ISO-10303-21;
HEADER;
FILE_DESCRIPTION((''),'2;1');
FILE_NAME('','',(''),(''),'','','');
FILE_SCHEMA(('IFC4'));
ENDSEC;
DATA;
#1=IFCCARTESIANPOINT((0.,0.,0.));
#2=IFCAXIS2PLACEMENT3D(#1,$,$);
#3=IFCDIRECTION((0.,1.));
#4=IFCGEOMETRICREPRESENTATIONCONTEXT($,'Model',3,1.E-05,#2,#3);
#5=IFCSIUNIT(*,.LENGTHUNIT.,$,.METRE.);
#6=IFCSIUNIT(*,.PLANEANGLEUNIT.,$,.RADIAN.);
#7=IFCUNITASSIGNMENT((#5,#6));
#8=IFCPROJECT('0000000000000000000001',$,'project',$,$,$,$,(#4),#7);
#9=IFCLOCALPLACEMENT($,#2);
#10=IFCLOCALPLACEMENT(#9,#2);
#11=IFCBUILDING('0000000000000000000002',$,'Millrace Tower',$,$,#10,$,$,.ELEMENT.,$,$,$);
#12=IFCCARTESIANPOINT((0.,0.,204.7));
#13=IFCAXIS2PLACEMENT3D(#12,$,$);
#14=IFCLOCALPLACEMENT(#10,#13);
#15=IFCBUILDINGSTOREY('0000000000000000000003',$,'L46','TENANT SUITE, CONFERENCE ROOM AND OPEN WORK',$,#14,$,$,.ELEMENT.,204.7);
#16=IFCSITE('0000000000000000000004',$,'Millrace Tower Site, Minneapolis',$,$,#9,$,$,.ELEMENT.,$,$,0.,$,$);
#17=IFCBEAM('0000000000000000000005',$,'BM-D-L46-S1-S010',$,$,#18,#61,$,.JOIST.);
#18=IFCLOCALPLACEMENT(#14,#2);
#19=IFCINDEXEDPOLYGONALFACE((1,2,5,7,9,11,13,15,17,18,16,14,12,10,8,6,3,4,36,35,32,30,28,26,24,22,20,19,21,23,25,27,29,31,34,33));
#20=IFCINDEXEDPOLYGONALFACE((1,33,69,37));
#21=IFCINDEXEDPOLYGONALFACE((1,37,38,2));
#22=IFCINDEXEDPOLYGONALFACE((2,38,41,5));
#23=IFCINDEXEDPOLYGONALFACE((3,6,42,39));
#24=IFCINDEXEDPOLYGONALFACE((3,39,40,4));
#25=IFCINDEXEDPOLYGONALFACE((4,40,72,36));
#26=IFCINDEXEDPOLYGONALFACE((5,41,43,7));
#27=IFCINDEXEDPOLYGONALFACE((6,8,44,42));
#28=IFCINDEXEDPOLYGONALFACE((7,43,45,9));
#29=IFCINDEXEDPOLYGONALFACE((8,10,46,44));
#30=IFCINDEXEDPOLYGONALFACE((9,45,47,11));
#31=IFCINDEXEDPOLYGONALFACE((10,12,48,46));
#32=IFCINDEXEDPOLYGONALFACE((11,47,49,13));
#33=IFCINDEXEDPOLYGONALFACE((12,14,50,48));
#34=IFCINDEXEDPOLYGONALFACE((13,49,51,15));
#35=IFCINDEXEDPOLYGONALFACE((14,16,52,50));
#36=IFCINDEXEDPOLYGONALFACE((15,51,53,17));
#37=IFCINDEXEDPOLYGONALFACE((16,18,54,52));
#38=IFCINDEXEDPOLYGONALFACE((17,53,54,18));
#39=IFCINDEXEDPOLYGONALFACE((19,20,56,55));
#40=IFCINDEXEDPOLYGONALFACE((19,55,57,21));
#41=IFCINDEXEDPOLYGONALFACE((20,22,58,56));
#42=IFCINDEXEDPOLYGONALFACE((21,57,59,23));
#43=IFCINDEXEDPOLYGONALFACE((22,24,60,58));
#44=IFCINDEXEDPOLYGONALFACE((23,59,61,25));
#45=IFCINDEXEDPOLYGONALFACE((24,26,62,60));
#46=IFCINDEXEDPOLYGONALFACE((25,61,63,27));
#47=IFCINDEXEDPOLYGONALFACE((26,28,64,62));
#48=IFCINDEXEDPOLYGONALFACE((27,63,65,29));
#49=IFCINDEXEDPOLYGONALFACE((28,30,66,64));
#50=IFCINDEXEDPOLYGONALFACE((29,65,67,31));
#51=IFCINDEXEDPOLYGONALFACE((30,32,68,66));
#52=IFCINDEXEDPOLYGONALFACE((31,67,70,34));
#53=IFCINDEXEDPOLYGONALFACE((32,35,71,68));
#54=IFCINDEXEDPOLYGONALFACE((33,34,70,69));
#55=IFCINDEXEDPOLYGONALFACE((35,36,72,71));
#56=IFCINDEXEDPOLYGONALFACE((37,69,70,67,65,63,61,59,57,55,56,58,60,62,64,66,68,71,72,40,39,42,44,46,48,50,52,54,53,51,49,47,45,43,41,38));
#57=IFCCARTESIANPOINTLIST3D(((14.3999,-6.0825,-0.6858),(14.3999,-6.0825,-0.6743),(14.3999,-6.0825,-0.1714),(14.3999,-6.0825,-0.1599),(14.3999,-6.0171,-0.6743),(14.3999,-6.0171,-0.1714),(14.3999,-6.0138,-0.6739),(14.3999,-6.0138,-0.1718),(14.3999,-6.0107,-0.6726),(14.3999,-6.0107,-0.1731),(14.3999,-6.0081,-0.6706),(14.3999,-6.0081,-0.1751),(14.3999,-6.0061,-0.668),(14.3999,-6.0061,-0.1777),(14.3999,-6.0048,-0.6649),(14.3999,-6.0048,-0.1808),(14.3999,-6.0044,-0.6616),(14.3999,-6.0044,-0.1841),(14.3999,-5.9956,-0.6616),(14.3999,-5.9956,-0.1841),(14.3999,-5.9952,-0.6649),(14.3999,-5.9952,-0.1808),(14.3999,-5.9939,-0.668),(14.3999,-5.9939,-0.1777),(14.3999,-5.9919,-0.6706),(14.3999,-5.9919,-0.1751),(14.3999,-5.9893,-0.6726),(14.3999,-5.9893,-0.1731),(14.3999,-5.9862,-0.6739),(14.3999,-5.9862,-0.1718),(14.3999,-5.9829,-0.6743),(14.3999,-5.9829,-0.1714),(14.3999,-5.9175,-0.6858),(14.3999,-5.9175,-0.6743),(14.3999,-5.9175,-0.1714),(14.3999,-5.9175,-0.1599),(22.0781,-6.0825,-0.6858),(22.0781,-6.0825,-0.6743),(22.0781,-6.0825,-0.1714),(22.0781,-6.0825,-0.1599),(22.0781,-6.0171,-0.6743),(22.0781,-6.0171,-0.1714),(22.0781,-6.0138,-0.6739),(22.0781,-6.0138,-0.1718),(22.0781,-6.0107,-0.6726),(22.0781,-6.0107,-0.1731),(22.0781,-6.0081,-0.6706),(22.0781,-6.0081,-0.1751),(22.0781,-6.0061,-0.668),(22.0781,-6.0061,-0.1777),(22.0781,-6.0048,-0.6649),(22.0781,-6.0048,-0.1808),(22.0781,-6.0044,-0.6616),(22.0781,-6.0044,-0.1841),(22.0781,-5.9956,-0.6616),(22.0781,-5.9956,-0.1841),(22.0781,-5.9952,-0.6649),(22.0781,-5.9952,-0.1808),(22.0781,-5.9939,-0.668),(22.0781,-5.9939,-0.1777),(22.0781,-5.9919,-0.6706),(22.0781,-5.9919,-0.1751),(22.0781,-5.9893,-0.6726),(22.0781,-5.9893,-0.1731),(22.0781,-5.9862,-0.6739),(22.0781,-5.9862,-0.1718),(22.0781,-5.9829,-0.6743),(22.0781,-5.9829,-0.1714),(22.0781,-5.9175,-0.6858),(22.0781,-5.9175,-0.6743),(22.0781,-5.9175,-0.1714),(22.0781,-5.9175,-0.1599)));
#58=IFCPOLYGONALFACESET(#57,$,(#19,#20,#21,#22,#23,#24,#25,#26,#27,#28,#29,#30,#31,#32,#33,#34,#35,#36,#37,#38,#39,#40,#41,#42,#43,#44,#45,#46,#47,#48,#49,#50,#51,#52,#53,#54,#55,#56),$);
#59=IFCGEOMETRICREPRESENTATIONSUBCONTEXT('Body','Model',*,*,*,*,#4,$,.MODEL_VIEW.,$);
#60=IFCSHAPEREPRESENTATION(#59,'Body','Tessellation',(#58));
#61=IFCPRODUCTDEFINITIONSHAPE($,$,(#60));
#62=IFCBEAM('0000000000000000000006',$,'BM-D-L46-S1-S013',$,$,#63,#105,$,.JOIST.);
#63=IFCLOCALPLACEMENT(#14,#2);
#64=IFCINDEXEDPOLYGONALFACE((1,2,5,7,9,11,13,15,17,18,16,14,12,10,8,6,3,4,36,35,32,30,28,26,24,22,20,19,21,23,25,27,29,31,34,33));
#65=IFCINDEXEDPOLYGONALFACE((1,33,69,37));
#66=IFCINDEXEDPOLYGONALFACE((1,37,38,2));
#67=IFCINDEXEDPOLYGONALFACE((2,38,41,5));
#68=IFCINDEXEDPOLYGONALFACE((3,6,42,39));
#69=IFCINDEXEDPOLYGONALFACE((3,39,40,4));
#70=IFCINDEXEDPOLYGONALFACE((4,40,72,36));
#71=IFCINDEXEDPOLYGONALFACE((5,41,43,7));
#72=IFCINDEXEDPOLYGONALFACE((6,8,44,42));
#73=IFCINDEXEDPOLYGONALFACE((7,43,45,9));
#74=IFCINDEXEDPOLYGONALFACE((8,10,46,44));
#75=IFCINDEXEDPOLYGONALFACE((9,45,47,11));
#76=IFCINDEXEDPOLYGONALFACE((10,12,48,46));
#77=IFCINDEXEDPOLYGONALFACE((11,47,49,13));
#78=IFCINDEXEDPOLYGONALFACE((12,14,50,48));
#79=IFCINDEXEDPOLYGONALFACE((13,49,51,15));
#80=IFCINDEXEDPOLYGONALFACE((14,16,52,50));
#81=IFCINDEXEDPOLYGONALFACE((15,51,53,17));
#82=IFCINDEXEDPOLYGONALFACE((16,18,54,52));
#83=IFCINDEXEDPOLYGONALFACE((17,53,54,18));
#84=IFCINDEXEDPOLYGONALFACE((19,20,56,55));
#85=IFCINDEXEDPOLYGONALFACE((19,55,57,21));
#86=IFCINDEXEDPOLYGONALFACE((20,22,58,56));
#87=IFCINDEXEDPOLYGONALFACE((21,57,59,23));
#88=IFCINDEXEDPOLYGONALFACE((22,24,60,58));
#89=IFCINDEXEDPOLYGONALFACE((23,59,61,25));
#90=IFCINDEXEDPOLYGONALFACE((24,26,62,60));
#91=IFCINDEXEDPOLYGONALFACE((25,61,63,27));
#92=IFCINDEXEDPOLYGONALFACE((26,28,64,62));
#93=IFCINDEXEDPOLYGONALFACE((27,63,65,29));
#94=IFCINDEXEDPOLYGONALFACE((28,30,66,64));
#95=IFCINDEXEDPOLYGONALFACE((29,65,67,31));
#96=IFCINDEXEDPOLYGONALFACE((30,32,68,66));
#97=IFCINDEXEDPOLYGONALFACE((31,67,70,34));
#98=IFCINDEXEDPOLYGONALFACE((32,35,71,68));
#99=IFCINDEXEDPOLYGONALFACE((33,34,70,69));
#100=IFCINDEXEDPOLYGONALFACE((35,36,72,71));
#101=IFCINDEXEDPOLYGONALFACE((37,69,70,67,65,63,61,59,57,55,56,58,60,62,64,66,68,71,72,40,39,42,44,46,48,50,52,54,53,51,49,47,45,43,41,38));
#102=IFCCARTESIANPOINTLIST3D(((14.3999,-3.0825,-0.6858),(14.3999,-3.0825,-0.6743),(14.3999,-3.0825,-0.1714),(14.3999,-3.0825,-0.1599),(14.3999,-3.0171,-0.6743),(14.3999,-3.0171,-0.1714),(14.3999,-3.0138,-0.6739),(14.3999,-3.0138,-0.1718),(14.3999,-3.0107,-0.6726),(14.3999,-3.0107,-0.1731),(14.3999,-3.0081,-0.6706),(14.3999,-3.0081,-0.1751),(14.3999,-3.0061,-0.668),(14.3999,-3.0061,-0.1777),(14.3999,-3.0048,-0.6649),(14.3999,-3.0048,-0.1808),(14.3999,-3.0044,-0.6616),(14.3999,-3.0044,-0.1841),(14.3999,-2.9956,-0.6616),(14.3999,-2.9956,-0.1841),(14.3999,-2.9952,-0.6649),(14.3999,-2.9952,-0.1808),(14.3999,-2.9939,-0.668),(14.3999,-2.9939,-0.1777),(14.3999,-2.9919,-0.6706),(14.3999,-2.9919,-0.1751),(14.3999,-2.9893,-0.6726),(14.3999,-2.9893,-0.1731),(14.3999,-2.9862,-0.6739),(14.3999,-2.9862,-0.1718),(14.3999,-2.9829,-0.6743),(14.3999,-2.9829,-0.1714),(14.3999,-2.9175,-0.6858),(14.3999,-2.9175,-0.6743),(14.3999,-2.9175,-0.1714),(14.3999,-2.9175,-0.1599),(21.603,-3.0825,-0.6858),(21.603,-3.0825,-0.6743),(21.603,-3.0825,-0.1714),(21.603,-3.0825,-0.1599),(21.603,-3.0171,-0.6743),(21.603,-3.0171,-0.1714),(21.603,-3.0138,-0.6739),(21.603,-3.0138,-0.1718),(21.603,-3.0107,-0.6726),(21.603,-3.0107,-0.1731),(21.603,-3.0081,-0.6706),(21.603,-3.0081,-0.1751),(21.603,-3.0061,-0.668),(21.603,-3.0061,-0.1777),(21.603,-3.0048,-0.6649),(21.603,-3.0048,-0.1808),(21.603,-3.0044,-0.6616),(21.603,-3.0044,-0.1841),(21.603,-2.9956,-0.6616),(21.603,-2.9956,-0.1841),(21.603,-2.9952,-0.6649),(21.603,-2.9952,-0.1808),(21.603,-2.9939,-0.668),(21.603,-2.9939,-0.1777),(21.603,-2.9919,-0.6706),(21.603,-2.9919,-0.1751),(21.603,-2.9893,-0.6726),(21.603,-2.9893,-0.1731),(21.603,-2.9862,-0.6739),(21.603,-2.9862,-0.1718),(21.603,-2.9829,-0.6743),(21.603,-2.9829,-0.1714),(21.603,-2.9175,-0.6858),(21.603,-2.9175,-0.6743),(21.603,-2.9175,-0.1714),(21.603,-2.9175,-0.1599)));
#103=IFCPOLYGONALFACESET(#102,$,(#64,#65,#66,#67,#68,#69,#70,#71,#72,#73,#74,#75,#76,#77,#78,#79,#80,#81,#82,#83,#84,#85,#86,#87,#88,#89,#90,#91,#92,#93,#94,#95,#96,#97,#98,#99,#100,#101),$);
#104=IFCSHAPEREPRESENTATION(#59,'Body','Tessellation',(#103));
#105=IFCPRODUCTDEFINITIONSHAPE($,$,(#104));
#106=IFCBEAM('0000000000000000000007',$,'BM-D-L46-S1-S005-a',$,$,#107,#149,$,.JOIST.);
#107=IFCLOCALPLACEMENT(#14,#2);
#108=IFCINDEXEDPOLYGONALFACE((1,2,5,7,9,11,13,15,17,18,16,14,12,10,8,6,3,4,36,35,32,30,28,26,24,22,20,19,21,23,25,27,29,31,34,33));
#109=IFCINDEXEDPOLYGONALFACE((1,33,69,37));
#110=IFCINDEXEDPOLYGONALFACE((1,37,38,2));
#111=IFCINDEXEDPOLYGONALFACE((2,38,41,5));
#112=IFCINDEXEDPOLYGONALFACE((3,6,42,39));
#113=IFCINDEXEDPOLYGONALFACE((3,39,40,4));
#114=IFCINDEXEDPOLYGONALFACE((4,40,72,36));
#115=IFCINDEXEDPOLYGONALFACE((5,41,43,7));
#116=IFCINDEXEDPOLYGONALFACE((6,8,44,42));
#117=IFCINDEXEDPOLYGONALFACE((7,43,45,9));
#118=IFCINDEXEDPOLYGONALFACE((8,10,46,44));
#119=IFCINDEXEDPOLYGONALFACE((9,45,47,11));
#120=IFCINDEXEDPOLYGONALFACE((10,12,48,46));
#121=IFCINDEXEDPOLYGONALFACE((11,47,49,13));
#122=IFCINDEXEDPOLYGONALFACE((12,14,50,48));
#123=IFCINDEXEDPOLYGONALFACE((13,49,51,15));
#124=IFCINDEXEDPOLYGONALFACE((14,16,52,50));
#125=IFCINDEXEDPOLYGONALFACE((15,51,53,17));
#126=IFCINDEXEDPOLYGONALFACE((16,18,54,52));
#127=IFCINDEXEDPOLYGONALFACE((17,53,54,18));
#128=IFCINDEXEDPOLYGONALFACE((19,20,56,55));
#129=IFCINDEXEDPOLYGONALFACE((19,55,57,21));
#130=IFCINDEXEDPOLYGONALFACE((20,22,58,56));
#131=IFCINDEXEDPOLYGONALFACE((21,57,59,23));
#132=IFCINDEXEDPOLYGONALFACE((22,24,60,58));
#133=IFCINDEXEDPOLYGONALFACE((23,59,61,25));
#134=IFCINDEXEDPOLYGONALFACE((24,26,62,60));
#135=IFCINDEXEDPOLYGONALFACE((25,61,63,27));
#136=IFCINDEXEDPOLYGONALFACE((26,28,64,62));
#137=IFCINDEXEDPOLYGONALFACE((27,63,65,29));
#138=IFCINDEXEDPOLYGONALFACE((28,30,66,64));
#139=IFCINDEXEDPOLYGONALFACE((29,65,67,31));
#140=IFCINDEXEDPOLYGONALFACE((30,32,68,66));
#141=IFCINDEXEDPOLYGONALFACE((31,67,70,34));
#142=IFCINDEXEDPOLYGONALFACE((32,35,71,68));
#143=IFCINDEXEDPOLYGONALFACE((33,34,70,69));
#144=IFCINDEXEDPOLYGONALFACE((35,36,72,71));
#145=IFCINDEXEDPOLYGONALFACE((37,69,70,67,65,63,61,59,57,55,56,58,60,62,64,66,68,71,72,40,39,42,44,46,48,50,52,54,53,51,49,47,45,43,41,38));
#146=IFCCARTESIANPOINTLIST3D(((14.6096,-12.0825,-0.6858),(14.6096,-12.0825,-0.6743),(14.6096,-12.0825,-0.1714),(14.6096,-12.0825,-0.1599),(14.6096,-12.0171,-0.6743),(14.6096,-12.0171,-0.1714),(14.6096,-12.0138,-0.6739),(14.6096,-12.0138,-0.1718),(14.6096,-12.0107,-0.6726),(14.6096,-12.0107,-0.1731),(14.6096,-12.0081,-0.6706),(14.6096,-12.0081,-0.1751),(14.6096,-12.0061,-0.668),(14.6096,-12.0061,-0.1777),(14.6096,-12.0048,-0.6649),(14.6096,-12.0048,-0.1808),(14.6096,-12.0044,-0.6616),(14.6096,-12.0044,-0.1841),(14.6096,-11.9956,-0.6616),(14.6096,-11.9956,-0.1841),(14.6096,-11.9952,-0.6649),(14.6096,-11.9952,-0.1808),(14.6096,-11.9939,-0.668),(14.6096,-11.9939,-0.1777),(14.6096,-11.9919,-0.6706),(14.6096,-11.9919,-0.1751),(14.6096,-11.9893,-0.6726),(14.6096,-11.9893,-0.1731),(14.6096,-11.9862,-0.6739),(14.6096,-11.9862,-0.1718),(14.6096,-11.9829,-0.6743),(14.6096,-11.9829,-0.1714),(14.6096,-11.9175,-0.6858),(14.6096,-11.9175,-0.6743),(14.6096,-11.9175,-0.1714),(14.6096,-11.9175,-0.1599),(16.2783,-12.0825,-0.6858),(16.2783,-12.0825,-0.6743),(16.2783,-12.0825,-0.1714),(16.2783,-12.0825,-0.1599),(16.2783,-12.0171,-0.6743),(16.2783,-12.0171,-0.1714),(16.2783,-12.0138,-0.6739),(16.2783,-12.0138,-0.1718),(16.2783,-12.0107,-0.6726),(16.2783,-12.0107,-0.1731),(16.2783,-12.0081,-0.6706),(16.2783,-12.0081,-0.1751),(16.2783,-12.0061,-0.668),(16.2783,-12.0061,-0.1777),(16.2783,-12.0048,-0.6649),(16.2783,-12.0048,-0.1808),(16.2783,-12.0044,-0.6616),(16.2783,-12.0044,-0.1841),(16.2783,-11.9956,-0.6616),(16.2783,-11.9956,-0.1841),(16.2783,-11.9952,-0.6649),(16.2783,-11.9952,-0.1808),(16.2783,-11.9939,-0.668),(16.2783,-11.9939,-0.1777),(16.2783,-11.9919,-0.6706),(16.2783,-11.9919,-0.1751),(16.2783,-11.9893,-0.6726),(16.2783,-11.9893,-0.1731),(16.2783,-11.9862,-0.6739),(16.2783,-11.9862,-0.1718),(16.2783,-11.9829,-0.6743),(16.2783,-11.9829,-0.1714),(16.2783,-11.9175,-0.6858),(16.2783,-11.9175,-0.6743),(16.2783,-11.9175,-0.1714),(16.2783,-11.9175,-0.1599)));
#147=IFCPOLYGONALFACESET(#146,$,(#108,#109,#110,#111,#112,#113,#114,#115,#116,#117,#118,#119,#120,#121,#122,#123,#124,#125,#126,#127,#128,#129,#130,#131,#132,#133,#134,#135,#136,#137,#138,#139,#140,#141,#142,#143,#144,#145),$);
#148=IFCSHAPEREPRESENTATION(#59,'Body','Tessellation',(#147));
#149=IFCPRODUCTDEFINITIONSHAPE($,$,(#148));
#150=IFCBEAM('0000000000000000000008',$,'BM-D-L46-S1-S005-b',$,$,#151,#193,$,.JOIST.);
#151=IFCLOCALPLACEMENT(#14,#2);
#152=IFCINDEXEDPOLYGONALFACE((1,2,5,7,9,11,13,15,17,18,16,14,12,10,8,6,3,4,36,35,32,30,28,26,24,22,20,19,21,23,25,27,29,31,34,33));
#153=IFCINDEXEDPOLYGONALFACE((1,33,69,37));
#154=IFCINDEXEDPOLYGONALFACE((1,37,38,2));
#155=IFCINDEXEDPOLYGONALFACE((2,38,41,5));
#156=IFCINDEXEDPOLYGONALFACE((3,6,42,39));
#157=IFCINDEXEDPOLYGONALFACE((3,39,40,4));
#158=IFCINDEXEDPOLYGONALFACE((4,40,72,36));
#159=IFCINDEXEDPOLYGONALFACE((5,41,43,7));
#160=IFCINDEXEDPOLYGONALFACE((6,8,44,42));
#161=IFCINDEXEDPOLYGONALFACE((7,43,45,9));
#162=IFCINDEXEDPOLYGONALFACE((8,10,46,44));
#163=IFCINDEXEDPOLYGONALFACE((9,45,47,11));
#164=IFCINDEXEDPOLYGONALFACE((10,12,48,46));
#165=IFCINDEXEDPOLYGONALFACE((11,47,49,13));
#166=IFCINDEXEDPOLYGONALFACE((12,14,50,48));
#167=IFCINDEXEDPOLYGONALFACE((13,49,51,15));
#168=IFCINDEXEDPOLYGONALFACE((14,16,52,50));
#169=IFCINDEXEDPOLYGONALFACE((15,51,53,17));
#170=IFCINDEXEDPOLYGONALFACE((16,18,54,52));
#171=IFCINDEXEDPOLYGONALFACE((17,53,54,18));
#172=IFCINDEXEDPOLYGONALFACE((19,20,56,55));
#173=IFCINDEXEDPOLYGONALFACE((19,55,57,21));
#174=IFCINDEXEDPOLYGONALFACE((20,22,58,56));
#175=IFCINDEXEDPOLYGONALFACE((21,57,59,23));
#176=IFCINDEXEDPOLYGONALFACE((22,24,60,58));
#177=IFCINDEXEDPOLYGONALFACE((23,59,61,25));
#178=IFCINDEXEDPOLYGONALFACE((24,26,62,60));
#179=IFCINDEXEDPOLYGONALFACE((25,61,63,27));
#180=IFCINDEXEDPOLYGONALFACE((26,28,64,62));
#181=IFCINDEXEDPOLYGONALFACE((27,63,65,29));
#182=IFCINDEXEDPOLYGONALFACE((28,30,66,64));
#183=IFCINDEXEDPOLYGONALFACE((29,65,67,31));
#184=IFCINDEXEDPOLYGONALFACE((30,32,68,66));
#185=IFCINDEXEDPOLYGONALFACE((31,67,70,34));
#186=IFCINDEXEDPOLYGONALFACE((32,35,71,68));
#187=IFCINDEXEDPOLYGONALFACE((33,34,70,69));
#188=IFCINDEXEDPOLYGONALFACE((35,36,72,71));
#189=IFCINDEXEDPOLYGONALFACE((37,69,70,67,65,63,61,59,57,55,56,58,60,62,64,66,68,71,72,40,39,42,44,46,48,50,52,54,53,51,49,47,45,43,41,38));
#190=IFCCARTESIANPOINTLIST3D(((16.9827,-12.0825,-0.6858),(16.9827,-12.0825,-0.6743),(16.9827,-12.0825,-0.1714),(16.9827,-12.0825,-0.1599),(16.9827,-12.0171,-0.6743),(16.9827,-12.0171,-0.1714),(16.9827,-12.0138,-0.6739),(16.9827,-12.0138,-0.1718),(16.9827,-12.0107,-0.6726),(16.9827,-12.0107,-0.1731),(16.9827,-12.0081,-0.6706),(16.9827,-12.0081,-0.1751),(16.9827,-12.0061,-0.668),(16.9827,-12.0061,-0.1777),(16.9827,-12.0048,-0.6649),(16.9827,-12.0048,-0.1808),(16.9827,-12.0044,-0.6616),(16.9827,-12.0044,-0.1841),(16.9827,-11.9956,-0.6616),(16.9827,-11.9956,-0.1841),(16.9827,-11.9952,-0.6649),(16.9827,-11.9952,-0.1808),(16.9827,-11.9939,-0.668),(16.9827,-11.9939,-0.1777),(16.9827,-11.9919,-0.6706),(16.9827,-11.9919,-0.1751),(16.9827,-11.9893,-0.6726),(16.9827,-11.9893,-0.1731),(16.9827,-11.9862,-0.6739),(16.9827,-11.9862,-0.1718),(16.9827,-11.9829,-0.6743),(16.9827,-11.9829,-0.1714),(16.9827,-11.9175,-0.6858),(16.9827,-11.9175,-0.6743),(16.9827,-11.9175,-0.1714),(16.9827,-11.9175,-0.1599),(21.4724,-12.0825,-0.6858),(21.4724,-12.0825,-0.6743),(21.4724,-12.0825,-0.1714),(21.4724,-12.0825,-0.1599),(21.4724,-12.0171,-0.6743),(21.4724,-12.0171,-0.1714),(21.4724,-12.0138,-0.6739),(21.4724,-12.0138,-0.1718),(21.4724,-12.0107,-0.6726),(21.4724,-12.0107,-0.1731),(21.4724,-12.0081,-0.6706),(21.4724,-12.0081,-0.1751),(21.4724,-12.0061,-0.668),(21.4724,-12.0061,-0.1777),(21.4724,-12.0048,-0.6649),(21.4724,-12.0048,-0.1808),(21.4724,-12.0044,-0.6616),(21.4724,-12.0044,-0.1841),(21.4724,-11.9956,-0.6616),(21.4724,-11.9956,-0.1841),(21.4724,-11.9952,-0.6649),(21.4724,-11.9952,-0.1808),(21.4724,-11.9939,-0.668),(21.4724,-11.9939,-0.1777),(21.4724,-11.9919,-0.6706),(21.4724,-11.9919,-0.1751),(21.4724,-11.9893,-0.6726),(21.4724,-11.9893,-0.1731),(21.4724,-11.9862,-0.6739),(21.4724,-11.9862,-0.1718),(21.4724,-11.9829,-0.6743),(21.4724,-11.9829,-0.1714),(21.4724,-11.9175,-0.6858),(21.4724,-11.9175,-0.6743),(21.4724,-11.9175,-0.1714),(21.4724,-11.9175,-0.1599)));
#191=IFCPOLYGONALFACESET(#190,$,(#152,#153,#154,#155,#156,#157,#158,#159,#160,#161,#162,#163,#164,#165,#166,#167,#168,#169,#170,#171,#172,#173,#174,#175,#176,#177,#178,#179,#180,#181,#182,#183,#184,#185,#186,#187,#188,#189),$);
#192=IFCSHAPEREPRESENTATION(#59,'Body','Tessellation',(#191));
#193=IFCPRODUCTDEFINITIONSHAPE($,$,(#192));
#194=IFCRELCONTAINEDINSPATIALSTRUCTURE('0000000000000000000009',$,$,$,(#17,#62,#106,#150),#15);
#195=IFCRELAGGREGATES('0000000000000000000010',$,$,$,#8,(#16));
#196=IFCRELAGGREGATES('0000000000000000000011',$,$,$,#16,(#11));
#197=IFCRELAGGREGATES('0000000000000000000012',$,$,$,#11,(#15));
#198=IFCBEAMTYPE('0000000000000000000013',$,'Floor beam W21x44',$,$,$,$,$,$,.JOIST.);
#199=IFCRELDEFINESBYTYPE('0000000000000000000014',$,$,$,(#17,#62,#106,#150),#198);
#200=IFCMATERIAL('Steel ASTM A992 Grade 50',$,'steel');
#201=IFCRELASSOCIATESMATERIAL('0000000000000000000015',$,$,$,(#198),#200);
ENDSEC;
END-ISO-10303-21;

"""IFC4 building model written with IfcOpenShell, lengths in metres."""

from ifc_helpers import new_model, si_unit, direction, frame, origin, origin_2d, place, context, subcontext, project, spatial, i_section, extrude, material, material_profile, profile_set, type_object, element, save


model = new_model("IFC4")

# Units and contexts
model_context = context("Model", 3, precision=1e-05, world=origin(), true_north=direction((0.0, 1.0)))
body_context = subcontext(model_context, "Body", "Model", "MODEL_VIEW")
ifc_project = project(units=[si_unit("LENGTHUNIT", "METRE"), si_unit("PLANEANGLEUNIT", "RADIAN")], contexts=[model_context])

# Site, building, storey
site_placement = place(None, origin())
site = spatial("IfcSite", under=ifc_project, at=site_placement, Name="Millrace Tower Site, Minneapolis", CompositionType="ELEMENT", RefElevation=0.0)
building_placement = place(site_placement, origin())
building = spatial("IfcBuilding", under=site, at=building_placement, Name="Millrace Tower", CompositionType="ELEMENT")
storey_placement = place(building_placement, frame((0.0, 0.0, 204.7)))
storey = spatial("IfcBuildingStorey", under=building, at=storey_placement, Name="L46", Description="TENANT SUITE, CONFERENCE ROOM AND OPEN WORK", CompositionType="ELEMENT", Elevation=204.7)

# Beams
ifc_material_1 = material(Name="Steel ASTM A992 Grade 50", Category="steel")
ifc_material_profile_1 = material_profile(ifc_material_1, i_section(OverallWidth=0.165, OverallDepth=0.5259, WebThickness=0.0088, FlangeThickness=0.0115, FilletRadius=0.0127, at=origin_2d()))
ifc_profile_set_1 = profile_set([ifc_material_profile_1], Name="Steel ASTM A992 Grade 50")
beam_type_1 = type_object("IfcBeamType", Name="Floor beam W21x44", PredefinedType="JOIST", material=ifc_profile_set_1)
beam_1_placement = place(storey_placement, frame((14.3999, -6.0, -0.4229), z_axis=(1.0, 0.0, 0.0), x_axis=(0.0, 1.0, 0.0)))
element("IfcBeam", 1, at=beam_1_placement, inside=storey, type_object=beam_type_1, Name="BM-D-L46-S1-S010", PredefinedType="JOIST", context=body_context, shape_type="SweptSolid", body=[
    extrude(i_section(OverallWidth=0.165, OverallDepth=0.5259, WebThickness=0.0088, FlangeThickness=0.0115, FilletRadius=0.0127, at=origin_2d()), origin(), (0.0, 0.0, 1.0), 7.6782),
])
beam_2_placement = place(storey_placement, frame((14.3999, -3.0, -0.4229), z_axis=(1.0, 0.0, 0.0), x_axis=(0.0, 1.0, 0.0)))
element("IfcBeam", 2, at=beam_2_placement, inside=storey, type_object=beam_type_1, Name="BM-D-L46-S1-S013", PredefinedType="JOIST", context=body_context, shape_type="SweptSolid", body=[
    extrude(i_section(OverallWidth=0.165, OverallDepth=0.5259, WebThickness=0.0088, FlangeThickness=0.0115, FilletRadius=0.0127, at=origin_2d()), origin(), (0.0, 0.0, 1.0), 7.2031),
])
beam_3_placement = place(storey_placement, frame((14.6096, -12.0, -0.4229), z_axis=(1.0, 0.0, 0.0), x_axis=(0.0, 1.0, 0.0)))
element("IfcBeam", 3, at=beam_3_placement, inside=storey, type_object=beam_type_1, Name="BM-D-L46-S1-S005-a", PredefinedType="JOIST", context=body_context, shape_type="SweptSolid", body=[
    extrude(i_section(OverallWidth=0.165, OverallDepth=0.5259, WebThickness=0.0088, FlangeThickness=0.0115, FilletRadius=0.0127, at=origin_2d()), origin(), (0.0, 0.0, 1.0), 1.6687),
])
beam_4_placement = place(storey_placement, frame((16.9827, -12.0, -0.4229), z_axis=(1.0, 0.0, 0.0), x_axis=(0.0, 1.0, 0.0)))
element("IfcBeam", 4, at=beam_4_placement, inside=storey, type_object=beam_type_1, Name="BM-D-L46-S1-S005-b", PredefinedType="JOIST", context=body_context, shape_type="SweptSolid", body=[
    extrude(i_section(OverallWidth=0.165, OverallDepth=0.5259, WebThickness=0.0088, FlangeThickness=0.0115, FilletRadius=0.0127, at=origin_2d()), origin(), (0.0, 0.0, 1.0), 4.4897),
])

save(model, "model.ifc")
